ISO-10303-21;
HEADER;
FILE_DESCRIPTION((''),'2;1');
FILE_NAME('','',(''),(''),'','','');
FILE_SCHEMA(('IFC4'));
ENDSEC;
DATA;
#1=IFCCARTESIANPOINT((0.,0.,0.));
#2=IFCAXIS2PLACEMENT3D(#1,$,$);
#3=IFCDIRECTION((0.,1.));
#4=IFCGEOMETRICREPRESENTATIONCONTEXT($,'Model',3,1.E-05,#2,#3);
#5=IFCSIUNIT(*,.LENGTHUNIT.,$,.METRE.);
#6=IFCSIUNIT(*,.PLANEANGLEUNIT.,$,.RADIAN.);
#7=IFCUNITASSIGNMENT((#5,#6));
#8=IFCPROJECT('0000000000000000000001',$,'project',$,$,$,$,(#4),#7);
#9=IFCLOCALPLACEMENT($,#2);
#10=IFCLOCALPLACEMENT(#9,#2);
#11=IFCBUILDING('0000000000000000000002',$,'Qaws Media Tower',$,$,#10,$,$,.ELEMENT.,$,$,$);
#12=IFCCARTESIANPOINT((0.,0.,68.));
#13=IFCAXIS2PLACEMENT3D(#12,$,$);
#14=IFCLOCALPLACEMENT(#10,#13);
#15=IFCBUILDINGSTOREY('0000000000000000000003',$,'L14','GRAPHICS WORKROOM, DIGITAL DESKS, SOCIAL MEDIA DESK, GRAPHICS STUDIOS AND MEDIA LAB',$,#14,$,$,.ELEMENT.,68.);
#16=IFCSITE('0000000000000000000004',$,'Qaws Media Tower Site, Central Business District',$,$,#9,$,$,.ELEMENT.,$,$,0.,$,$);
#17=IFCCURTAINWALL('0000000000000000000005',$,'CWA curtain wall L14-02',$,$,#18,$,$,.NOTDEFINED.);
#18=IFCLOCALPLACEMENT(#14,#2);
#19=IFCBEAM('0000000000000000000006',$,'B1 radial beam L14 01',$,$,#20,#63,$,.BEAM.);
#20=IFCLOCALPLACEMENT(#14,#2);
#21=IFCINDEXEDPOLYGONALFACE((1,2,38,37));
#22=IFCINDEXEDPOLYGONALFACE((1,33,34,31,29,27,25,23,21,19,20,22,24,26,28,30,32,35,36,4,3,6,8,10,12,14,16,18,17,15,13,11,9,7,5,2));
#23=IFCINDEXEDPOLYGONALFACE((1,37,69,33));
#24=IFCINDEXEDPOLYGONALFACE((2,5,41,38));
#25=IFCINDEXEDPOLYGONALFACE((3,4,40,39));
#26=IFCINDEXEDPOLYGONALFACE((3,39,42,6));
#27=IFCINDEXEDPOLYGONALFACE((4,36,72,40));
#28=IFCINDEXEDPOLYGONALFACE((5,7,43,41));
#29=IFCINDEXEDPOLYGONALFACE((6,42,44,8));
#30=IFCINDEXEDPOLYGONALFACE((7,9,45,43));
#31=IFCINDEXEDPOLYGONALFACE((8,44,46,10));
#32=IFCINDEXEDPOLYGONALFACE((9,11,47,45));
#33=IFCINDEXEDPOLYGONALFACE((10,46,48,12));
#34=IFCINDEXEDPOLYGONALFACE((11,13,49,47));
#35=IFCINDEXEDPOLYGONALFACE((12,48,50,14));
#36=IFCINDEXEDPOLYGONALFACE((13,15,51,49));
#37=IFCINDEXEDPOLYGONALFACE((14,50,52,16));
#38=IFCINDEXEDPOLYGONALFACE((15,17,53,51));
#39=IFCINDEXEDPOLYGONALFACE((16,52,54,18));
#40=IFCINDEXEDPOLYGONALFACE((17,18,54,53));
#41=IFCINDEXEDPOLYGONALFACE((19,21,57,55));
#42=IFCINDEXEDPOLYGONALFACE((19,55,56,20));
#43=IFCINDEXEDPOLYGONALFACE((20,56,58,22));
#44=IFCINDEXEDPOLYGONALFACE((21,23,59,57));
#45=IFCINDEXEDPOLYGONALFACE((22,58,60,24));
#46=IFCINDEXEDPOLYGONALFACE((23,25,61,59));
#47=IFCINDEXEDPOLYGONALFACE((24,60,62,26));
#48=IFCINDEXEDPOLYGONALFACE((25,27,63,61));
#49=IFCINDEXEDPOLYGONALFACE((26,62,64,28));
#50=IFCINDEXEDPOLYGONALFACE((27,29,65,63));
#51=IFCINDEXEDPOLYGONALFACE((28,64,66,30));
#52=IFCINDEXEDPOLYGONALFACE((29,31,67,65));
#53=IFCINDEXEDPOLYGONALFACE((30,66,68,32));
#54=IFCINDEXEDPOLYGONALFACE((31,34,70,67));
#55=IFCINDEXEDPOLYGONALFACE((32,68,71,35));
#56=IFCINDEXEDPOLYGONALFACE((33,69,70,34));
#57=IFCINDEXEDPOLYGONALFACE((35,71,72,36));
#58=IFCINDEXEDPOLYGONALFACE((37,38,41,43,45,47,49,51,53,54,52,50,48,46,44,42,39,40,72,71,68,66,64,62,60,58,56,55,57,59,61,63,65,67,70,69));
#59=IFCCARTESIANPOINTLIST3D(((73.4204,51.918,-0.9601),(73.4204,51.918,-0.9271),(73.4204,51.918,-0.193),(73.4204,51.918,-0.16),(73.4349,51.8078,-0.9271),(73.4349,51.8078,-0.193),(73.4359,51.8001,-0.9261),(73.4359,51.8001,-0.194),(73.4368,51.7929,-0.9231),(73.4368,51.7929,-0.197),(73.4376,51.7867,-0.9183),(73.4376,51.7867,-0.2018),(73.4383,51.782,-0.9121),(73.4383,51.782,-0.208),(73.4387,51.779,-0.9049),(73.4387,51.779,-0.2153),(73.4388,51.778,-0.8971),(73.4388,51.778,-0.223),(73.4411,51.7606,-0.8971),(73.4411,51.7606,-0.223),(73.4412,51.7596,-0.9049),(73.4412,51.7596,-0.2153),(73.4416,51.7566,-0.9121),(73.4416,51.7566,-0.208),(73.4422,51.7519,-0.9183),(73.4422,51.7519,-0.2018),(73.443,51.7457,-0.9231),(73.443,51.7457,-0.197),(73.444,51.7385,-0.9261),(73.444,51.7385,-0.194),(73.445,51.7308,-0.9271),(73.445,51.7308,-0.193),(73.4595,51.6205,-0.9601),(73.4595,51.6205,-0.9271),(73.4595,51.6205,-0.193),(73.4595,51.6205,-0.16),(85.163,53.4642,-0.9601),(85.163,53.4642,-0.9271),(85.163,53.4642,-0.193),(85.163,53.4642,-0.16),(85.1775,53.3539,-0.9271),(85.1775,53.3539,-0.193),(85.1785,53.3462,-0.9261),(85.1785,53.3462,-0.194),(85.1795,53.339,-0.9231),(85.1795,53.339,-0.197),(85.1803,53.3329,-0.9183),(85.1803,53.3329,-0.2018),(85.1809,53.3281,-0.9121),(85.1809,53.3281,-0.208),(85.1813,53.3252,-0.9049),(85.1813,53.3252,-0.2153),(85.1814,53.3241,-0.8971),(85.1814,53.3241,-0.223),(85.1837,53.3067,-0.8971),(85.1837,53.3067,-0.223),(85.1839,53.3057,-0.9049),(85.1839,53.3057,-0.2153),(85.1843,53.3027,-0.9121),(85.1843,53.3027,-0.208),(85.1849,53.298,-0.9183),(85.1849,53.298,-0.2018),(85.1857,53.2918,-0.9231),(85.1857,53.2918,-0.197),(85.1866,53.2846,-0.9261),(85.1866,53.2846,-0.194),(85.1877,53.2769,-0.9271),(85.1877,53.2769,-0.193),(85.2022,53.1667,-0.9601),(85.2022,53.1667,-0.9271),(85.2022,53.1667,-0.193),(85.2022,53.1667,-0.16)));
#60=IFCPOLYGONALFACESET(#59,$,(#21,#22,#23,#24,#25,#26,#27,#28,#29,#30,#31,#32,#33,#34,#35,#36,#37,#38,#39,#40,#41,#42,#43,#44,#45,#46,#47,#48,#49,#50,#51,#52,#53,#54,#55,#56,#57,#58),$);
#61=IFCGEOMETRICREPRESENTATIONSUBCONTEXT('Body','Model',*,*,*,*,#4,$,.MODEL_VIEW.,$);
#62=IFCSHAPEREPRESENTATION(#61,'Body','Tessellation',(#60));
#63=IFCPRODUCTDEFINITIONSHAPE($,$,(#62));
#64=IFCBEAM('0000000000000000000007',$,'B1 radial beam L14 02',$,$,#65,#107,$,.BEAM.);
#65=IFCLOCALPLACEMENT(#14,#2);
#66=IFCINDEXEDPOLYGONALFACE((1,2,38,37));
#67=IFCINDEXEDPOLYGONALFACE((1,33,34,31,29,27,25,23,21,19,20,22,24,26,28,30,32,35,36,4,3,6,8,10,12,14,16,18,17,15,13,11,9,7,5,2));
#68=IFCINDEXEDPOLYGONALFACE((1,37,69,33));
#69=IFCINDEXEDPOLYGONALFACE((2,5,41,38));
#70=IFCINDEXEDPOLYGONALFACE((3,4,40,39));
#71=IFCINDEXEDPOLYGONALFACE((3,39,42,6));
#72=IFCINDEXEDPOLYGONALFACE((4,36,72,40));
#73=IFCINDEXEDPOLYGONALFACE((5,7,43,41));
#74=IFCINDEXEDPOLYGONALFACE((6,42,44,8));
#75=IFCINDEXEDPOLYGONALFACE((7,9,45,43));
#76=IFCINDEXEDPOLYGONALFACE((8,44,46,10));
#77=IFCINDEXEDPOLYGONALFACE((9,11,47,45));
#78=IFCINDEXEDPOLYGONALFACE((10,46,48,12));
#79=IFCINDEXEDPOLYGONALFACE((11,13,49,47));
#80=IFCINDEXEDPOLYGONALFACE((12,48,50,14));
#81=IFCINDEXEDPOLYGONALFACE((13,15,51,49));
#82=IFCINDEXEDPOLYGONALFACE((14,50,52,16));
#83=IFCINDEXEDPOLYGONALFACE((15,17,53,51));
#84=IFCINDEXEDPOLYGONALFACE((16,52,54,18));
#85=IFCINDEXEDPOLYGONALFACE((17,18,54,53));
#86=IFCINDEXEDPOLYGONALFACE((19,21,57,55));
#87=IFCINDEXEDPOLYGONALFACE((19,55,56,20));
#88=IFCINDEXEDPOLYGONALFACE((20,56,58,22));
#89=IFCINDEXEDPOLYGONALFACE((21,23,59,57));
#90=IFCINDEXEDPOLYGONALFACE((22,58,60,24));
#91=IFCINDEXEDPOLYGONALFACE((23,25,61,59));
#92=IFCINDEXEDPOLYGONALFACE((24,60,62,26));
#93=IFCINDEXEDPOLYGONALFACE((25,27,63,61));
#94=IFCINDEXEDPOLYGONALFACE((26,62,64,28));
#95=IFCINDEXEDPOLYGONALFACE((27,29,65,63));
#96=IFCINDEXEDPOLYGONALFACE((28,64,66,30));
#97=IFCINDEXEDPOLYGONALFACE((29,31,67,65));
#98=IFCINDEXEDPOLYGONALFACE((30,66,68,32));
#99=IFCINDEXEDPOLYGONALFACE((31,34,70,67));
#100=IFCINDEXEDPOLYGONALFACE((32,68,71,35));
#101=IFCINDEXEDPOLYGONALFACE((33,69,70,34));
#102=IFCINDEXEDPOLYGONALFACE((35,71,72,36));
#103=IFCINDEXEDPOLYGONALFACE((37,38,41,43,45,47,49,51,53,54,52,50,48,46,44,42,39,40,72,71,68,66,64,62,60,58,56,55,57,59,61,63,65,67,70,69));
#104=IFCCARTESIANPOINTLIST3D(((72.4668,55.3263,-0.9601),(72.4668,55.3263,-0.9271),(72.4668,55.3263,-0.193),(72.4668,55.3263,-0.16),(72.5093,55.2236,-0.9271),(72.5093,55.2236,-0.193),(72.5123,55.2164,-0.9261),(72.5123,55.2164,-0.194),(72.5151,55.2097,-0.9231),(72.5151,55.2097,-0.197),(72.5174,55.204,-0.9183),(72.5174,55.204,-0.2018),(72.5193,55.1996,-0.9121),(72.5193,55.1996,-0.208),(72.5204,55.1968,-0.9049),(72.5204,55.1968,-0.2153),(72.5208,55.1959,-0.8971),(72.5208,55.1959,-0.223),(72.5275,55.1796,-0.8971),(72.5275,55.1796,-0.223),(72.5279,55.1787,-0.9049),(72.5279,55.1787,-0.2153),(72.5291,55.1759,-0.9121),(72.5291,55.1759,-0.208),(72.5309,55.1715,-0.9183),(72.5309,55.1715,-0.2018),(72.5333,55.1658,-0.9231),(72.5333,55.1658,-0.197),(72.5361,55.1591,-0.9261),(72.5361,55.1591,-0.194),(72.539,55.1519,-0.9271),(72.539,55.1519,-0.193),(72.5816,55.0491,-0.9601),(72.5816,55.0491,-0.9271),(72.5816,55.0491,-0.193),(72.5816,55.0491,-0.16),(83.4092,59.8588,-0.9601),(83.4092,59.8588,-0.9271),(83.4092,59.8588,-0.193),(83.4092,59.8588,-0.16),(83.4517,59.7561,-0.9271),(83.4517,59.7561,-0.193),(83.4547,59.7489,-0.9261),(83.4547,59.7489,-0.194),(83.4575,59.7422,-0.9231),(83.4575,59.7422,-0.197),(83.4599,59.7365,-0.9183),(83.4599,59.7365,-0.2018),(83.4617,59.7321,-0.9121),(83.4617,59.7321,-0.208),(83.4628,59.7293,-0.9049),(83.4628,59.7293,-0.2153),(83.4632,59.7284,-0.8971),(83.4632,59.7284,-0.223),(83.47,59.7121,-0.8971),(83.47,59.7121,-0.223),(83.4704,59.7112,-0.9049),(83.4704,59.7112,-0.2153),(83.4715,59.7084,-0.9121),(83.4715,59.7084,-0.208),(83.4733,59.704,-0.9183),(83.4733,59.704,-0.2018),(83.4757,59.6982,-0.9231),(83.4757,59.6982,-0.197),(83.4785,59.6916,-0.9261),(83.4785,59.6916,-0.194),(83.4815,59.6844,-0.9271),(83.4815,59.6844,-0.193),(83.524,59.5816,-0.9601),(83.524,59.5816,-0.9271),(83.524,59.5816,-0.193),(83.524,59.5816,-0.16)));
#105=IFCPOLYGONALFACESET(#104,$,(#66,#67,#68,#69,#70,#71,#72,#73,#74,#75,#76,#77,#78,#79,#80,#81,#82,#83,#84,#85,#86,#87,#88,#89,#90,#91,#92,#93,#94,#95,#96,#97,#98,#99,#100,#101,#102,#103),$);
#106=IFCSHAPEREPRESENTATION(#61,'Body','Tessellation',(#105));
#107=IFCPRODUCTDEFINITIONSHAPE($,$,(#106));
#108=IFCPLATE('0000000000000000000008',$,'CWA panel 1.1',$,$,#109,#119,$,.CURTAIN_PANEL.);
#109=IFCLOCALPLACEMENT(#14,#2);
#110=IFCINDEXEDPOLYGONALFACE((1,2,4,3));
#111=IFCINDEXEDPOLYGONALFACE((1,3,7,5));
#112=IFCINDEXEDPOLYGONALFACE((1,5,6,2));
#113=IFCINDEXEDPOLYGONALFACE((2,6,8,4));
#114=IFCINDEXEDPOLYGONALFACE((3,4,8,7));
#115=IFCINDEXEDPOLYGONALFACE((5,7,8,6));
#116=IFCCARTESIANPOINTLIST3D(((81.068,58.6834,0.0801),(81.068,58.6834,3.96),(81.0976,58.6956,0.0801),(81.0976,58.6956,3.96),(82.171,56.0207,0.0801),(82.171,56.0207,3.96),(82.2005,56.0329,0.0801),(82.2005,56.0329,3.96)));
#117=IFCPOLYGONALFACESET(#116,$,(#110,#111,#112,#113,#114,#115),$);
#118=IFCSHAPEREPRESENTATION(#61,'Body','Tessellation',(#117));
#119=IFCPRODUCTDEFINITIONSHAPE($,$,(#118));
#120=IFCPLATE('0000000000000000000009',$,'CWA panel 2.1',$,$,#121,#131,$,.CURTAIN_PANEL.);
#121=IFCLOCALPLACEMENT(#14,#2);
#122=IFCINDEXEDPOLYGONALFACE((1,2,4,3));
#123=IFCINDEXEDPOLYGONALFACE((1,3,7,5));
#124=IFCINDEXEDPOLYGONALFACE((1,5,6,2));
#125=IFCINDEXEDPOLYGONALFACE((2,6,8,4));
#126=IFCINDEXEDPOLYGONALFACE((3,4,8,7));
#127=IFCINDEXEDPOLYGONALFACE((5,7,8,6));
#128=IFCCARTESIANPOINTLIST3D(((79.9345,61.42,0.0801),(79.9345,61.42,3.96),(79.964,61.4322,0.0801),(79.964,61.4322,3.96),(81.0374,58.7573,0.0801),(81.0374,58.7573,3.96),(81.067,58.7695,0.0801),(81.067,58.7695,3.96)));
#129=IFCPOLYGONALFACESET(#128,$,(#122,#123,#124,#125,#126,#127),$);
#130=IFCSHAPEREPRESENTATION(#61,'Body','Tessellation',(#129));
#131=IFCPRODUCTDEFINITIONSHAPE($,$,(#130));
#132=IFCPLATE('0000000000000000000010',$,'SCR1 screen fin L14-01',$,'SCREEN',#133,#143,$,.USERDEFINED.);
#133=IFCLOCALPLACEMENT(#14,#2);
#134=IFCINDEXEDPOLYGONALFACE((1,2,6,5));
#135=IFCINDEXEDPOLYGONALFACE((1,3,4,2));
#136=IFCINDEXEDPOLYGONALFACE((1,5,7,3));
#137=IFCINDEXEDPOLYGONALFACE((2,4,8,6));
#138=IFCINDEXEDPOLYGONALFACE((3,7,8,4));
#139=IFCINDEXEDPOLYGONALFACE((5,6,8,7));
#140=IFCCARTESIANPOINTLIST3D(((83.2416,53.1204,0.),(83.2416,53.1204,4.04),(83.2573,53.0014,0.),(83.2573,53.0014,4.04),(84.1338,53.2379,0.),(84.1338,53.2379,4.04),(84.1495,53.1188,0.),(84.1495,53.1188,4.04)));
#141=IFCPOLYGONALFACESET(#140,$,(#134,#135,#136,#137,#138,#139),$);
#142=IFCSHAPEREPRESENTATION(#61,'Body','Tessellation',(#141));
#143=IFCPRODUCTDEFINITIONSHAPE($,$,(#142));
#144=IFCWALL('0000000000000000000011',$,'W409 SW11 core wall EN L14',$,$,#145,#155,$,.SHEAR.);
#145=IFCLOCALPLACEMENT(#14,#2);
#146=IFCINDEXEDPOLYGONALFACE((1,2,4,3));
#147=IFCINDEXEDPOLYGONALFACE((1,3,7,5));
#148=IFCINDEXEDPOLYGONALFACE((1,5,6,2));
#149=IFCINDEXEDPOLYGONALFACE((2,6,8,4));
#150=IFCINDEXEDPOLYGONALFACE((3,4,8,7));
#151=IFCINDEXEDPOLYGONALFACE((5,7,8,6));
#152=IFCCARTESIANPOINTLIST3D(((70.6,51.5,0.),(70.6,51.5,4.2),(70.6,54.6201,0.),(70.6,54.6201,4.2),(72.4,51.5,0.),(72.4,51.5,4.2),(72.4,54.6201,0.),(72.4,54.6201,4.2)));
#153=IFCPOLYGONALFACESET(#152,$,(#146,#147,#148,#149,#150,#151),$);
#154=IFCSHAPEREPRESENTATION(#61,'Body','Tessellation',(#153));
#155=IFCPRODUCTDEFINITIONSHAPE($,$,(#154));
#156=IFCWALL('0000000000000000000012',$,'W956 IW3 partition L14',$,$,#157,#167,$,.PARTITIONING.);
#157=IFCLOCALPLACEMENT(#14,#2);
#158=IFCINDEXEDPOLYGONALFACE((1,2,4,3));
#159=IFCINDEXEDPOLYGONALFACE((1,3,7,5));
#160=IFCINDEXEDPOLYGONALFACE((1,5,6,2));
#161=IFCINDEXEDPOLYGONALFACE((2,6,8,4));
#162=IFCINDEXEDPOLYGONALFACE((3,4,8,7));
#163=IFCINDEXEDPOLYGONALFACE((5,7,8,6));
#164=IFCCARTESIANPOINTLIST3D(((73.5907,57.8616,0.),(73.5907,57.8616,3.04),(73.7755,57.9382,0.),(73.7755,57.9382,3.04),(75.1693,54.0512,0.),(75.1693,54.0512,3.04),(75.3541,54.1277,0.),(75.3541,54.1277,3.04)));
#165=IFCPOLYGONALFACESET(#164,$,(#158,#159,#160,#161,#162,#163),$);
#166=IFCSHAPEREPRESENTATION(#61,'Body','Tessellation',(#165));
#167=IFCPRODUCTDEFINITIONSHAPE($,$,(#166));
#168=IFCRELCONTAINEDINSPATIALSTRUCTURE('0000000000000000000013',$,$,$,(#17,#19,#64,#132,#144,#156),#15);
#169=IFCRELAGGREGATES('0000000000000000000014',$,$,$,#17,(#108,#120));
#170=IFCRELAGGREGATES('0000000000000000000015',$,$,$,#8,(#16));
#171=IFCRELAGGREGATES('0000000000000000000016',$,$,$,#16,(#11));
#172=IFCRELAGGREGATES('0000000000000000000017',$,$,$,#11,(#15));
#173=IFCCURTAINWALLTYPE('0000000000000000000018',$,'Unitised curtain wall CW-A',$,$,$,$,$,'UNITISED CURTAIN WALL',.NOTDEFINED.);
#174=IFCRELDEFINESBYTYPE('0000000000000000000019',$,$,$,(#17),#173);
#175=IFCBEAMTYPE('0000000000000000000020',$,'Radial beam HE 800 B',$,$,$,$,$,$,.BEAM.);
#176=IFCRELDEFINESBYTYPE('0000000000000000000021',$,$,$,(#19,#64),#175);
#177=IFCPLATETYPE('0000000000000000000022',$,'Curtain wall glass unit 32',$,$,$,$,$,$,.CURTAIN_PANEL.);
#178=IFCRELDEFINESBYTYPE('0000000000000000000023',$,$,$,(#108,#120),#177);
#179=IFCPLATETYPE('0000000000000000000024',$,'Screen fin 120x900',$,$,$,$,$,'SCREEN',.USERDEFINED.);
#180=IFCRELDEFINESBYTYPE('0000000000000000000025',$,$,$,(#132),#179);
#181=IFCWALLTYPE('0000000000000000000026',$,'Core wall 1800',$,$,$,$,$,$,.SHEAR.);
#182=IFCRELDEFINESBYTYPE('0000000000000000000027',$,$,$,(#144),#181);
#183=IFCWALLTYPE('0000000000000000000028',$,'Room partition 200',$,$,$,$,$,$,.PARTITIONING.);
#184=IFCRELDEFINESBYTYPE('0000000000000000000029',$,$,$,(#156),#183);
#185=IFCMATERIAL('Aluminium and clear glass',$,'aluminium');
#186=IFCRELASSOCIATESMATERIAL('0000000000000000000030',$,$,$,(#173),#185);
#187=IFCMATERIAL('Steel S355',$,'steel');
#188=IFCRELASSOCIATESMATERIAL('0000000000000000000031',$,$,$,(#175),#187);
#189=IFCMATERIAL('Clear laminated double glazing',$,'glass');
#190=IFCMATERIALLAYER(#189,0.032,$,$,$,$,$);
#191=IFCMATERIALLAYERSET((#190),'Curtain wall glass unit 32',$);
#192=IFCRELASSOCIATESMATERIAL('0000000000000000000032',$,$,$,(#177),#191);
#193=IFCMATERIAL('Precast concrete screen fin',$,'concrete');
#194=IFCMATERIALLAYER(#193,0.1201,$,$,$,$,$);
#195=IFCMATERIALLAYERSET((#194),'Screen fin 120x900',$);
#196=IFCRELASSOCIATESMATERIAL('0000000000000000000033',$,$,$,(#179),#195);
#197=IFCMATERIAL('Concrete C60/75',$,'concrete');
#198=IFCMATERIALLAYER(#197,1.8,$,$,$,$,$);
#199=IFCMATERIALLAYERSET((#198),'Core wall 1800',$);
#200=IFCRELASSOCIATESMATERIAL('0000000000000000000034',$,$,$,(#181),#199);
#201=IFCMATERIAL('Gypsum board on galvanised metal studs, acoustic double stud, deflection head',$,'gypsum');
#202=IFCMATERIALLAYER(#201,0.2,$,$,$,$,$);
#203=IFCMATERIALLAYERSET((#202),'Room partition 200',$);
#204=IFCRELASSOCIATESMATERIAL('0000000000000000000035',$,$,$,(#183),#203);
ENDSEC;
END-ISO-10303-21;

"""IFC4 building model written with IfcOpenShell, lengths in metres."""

from ifc_helpers import new_model, si_unit, direction, frame, frame_2d, origin, origin_2d, place, context, subcontext, project, spatial, rectangle, i_section, extrude, material, layer, layer_set, material_profile, profile_set, type_object, element, aggregate, save


model = new_model("IFC4")

# Units and contexts
model_context = context("Model", 3, precision=1e-05, world=origin(), true_north=direction((0.0, 1.0)))
body_context = subcontext(model_context, "Body", "Model", "MODEL_VIEW")
ifc_project = project(units=[si_unit("LENGTHUNIT", "METRE"), si_unit("PLANEANGLEUNIT", "RADIAN")], contexts=[model_context])

# Site, building, storey
site_placement = place(None, origin())
site = spatial("IfcSite", under=ifc_project, at=site_placement, Name="Qaws Media Tower Site, Central Business District", CompositionType="ELEMENT", RefElevation=0.0)
building_placement = place(site_placement, origin())
building = spatial("IfcBuilding", under=site, at=building_placement, Name="Qaws Media Tower", CompositionType="ELEMENT")
storey_placement = place(building_placement, frame((0.0, 0.0, 68.0)))
storey = spatial("IfcBuildingStorey", under=building, at=storey_placement, Name="L14", Description="GRAPHICS WORKROOM, DIGITAL DESKS, SOCIAL MEDIA DESK, GRAPHICS STUDIOS AND MEDIA LAB", CompositionType="ELEMENT", Elevation=68.0)

# Curtain wall
ifc_material_1 = material(Name="Aluminium and clear glass", Category="aluminium")
curtain_wall_type = type_object("IfcCurtainWallType", Name="Unitised curtain wall CW-A", ElementType="UNITISED CURTAIN WALL", PredefinedType="NOTDEFINED", material=ifc_material_1)
curtain_wall_1_placement = place(storey_placement, origin())
curtain_wall_1 = element("IfcCurtainWall", 1, at=curtain_wall_1_placement, inside=storey, type_object=curtain_wall_type, Name="CWA curtain wall L14-02", PredefinedType="NOTDEFINED")

# Beams
ifc_material_2 = material(Name="Steel S355", Category="steel")
ifc_material_profile_1 = material_profile(ifc_material_2, i_section(OverallWidth=0.3, OverallDepth=0.8, WebThickness=0.0176, FlangeThickness=0.033, FilletRadius=0.03, at=origin_2d()), Name="HE 800 B")
ifc_profile_set_1 = profile_set([ifc_material_profile_1], Name="Steel S355")
beam_type_1 = type_object("IfcBeamType", Name="Radial beam HE 800 B", PredefinedType="BEAM", material=ifc_profile_set_1)
for number, where, z_axis, x_axis, name in (
    (2, (73.4399, 51.7693, -0.5601), (0.991443, 0.130542, 0.0), (-0.130542, 0.991443, 0.0), "B1 radial beam L14 01"),
    (3, (72.5242, 55.1877, -0.5601), (0.92388, 0.382683, 0.0), (-0.382683, 0.92388, 0.0), "B1 radial beam L14 02"),
):
    element("IfcBeam", number, at=place(storey_placement, frame(where, z_axis=z_axis, x_axis=x_axis)), inside=storey, type_object=beam_type_1, Name=name, PredefinedType="BEAM", context=body_context, shape_type="SweptSolid", body=[
        extrude(i_section(OverallWidth=0.3, OverallDepth=0.8, WebThickness=0.0176, FlangeThickness=0.033, FilletRadius=0.03, at=origin_2d()), origin(), (0.0, 0.0, 1.0), 11.844),
    ])

# Plates
ifc_material_3 = material(Name="Clear laminated double glazing", Category="glass")
ifc_layer_1 = layer(ifc_material_3, 0.032)
ifc_layer_set_1 = layer_set([ifc_layer_1], Name="Curtain wall glass unit 32")
plate_type_1 = type_object("IfcPlateType", Name="Curtain wall glass unit 32", PredefinedType="CURTAIN_PANEL", material=ifc_layer_set_1)
plate_1_placement = place(storey_placement, frame((81.6343, 57.3582, 0.0801), z_axis=(0.0, 0.0, 1.0), x_axis=(-0.382683, 0.92388, 0.0)))
plate_1 = element("IfcPlate", 4, at=plate_1_placement, type_object=plate_type_1, Name="CWA panel 1.1", PredefinedType="CURTAIN_PANEL", context=body_context, shape_type="SweptSolid", body=[
    extrude(rectangle(XDim=2.8821, YDim=0.032, at=origin_2d()), origin(), (0.0, 0.0, 1.0), 3.8799),
])
plate_2_placement = place(storey_placement, frame((80.5007, 60.0947, 0.0801), z_axis=(0.0, 0.0, 1.0), x_axis=(-0.382683, 0.92388, 0.0)))
plate_2 = element("IfcPlate", 5, at=plate_2_placement, type_object=plate_type_1, Name="CWA panel 2.1", PredefinedType="CURTAIN_PANEL", context=body_context, shape_type="SweptSolid", body=[
    extrude(rectangle(XDim=2.8821, YDim=0.032, at=origin_2d()), origin(), (0.0, 0.0, 1.0), 3.8799),
])
aggregate(curtain_wall_1, [plate_1, plate_2])
ifc_material_4 = material(Name="Precast concrete screen fin", Category="concrete")
ifc_layer_2 = layer(ifc_material_4, 0.1201)
ifc_layer_set_2 = layer_set([ifc_layer_2], Name="Screen fin 120x900")
plate_type_2 = type_object("IfcPlateType", Name="Screen fin 120x900", ElementType="SCREEN", PredefinedType="USERDEFINED", material=ifc_layer_set_2)
plate_3_placement = place(storey_placement, frame((83.6956, 53.1196, 0.0), z_axis=(0.0, 0.0, 1.0), x_axis=(0.991445, 0.130526, 0.0)))
element("IfcPlate", 6, at=plate_3_placement, inside=storey, type_object=plate_type_2, Name="SCR1 screen fin L14-01", ObjectType="SCREEN", PredefinedType="USERDEFINED", context=body_context, shape_type="SweptSolid", body=[
    extrude(rectangle(XDim=0.8999, YDim=0.1201, at=origin_2d()), origin(), (0.0, 0.0, 1.0), 4.04),
])

# Walls
ifc_material_5 = material(Name="Concrete C60/75", Category="concrete")
ifc_layer_3 = layer(ifc_material_5, 1.8)
ifc_layer_set_3 = layer_set([ifc_layer_3], Name="Core wall 1800")
wall_type_1 = type_object("IfcWallType", Name="Core wall 1800", PredefinedType="SHEAR", material=ifc_layer_set_3)
wall_1_placement = place(storey_placement, frame((71.5, 51.5, 0.0), z_axis=(0.0, 0.0, 1.0), x_axis=(0.0, 1.0, 0.0)))
element("IfcWall", 7, at=wall_1_placement, inside=storey, type_object=wall_type_1, Name="W409 SW11 core wall EN L14", PredefinedType="SHEAR", context=body_context, shape_type="SweptSolid", body=[
    extrude(rectangle(XDim=3.1201, YDim=1.8, at=frame_2d((1.5601, 0.0))), origin(), (0.0, 0.0, 1.0), 4.2),
])
ifc_material_6 = material(Name="Gypsum board on galvanised metal studs, acoustic double stud, deflection head", Category="gypsum")
ifc_layer_4 = layer(ifc_material_6, 0.2)
ifc_layer_set_4 = layer_set([ifc_layer_4], Name="Room partition 200")
wall_type_2 = type_object("IfcWallType", Name="Room partition 200", PredefinedType="PARTITIONING", material=ifc_layer_set_4)
wall_2_placement = place(storey_placement, frame((73.6831, 57.8999, 0.0), z_axis=(0.0, 0.0, 1.0), x_axis=(0.382732, -0.92386, 0.0)))
element("IfcWall", 8, at=wall_2_placement, inside=storey, type_object=wall_type_2, Name="W956 IW3 partition L14", PredefinedType="PARTITIONING", context=body_context, shape_type="SweptSolid", body=[
    extrude(rectangle(XDim=4.1245, YDim=0.2, at=frame_2d((2.0623, 0.0))), origin(), (0.0, 0.0, 1.0), 3.04),
])

save(model, "model.ifc")
